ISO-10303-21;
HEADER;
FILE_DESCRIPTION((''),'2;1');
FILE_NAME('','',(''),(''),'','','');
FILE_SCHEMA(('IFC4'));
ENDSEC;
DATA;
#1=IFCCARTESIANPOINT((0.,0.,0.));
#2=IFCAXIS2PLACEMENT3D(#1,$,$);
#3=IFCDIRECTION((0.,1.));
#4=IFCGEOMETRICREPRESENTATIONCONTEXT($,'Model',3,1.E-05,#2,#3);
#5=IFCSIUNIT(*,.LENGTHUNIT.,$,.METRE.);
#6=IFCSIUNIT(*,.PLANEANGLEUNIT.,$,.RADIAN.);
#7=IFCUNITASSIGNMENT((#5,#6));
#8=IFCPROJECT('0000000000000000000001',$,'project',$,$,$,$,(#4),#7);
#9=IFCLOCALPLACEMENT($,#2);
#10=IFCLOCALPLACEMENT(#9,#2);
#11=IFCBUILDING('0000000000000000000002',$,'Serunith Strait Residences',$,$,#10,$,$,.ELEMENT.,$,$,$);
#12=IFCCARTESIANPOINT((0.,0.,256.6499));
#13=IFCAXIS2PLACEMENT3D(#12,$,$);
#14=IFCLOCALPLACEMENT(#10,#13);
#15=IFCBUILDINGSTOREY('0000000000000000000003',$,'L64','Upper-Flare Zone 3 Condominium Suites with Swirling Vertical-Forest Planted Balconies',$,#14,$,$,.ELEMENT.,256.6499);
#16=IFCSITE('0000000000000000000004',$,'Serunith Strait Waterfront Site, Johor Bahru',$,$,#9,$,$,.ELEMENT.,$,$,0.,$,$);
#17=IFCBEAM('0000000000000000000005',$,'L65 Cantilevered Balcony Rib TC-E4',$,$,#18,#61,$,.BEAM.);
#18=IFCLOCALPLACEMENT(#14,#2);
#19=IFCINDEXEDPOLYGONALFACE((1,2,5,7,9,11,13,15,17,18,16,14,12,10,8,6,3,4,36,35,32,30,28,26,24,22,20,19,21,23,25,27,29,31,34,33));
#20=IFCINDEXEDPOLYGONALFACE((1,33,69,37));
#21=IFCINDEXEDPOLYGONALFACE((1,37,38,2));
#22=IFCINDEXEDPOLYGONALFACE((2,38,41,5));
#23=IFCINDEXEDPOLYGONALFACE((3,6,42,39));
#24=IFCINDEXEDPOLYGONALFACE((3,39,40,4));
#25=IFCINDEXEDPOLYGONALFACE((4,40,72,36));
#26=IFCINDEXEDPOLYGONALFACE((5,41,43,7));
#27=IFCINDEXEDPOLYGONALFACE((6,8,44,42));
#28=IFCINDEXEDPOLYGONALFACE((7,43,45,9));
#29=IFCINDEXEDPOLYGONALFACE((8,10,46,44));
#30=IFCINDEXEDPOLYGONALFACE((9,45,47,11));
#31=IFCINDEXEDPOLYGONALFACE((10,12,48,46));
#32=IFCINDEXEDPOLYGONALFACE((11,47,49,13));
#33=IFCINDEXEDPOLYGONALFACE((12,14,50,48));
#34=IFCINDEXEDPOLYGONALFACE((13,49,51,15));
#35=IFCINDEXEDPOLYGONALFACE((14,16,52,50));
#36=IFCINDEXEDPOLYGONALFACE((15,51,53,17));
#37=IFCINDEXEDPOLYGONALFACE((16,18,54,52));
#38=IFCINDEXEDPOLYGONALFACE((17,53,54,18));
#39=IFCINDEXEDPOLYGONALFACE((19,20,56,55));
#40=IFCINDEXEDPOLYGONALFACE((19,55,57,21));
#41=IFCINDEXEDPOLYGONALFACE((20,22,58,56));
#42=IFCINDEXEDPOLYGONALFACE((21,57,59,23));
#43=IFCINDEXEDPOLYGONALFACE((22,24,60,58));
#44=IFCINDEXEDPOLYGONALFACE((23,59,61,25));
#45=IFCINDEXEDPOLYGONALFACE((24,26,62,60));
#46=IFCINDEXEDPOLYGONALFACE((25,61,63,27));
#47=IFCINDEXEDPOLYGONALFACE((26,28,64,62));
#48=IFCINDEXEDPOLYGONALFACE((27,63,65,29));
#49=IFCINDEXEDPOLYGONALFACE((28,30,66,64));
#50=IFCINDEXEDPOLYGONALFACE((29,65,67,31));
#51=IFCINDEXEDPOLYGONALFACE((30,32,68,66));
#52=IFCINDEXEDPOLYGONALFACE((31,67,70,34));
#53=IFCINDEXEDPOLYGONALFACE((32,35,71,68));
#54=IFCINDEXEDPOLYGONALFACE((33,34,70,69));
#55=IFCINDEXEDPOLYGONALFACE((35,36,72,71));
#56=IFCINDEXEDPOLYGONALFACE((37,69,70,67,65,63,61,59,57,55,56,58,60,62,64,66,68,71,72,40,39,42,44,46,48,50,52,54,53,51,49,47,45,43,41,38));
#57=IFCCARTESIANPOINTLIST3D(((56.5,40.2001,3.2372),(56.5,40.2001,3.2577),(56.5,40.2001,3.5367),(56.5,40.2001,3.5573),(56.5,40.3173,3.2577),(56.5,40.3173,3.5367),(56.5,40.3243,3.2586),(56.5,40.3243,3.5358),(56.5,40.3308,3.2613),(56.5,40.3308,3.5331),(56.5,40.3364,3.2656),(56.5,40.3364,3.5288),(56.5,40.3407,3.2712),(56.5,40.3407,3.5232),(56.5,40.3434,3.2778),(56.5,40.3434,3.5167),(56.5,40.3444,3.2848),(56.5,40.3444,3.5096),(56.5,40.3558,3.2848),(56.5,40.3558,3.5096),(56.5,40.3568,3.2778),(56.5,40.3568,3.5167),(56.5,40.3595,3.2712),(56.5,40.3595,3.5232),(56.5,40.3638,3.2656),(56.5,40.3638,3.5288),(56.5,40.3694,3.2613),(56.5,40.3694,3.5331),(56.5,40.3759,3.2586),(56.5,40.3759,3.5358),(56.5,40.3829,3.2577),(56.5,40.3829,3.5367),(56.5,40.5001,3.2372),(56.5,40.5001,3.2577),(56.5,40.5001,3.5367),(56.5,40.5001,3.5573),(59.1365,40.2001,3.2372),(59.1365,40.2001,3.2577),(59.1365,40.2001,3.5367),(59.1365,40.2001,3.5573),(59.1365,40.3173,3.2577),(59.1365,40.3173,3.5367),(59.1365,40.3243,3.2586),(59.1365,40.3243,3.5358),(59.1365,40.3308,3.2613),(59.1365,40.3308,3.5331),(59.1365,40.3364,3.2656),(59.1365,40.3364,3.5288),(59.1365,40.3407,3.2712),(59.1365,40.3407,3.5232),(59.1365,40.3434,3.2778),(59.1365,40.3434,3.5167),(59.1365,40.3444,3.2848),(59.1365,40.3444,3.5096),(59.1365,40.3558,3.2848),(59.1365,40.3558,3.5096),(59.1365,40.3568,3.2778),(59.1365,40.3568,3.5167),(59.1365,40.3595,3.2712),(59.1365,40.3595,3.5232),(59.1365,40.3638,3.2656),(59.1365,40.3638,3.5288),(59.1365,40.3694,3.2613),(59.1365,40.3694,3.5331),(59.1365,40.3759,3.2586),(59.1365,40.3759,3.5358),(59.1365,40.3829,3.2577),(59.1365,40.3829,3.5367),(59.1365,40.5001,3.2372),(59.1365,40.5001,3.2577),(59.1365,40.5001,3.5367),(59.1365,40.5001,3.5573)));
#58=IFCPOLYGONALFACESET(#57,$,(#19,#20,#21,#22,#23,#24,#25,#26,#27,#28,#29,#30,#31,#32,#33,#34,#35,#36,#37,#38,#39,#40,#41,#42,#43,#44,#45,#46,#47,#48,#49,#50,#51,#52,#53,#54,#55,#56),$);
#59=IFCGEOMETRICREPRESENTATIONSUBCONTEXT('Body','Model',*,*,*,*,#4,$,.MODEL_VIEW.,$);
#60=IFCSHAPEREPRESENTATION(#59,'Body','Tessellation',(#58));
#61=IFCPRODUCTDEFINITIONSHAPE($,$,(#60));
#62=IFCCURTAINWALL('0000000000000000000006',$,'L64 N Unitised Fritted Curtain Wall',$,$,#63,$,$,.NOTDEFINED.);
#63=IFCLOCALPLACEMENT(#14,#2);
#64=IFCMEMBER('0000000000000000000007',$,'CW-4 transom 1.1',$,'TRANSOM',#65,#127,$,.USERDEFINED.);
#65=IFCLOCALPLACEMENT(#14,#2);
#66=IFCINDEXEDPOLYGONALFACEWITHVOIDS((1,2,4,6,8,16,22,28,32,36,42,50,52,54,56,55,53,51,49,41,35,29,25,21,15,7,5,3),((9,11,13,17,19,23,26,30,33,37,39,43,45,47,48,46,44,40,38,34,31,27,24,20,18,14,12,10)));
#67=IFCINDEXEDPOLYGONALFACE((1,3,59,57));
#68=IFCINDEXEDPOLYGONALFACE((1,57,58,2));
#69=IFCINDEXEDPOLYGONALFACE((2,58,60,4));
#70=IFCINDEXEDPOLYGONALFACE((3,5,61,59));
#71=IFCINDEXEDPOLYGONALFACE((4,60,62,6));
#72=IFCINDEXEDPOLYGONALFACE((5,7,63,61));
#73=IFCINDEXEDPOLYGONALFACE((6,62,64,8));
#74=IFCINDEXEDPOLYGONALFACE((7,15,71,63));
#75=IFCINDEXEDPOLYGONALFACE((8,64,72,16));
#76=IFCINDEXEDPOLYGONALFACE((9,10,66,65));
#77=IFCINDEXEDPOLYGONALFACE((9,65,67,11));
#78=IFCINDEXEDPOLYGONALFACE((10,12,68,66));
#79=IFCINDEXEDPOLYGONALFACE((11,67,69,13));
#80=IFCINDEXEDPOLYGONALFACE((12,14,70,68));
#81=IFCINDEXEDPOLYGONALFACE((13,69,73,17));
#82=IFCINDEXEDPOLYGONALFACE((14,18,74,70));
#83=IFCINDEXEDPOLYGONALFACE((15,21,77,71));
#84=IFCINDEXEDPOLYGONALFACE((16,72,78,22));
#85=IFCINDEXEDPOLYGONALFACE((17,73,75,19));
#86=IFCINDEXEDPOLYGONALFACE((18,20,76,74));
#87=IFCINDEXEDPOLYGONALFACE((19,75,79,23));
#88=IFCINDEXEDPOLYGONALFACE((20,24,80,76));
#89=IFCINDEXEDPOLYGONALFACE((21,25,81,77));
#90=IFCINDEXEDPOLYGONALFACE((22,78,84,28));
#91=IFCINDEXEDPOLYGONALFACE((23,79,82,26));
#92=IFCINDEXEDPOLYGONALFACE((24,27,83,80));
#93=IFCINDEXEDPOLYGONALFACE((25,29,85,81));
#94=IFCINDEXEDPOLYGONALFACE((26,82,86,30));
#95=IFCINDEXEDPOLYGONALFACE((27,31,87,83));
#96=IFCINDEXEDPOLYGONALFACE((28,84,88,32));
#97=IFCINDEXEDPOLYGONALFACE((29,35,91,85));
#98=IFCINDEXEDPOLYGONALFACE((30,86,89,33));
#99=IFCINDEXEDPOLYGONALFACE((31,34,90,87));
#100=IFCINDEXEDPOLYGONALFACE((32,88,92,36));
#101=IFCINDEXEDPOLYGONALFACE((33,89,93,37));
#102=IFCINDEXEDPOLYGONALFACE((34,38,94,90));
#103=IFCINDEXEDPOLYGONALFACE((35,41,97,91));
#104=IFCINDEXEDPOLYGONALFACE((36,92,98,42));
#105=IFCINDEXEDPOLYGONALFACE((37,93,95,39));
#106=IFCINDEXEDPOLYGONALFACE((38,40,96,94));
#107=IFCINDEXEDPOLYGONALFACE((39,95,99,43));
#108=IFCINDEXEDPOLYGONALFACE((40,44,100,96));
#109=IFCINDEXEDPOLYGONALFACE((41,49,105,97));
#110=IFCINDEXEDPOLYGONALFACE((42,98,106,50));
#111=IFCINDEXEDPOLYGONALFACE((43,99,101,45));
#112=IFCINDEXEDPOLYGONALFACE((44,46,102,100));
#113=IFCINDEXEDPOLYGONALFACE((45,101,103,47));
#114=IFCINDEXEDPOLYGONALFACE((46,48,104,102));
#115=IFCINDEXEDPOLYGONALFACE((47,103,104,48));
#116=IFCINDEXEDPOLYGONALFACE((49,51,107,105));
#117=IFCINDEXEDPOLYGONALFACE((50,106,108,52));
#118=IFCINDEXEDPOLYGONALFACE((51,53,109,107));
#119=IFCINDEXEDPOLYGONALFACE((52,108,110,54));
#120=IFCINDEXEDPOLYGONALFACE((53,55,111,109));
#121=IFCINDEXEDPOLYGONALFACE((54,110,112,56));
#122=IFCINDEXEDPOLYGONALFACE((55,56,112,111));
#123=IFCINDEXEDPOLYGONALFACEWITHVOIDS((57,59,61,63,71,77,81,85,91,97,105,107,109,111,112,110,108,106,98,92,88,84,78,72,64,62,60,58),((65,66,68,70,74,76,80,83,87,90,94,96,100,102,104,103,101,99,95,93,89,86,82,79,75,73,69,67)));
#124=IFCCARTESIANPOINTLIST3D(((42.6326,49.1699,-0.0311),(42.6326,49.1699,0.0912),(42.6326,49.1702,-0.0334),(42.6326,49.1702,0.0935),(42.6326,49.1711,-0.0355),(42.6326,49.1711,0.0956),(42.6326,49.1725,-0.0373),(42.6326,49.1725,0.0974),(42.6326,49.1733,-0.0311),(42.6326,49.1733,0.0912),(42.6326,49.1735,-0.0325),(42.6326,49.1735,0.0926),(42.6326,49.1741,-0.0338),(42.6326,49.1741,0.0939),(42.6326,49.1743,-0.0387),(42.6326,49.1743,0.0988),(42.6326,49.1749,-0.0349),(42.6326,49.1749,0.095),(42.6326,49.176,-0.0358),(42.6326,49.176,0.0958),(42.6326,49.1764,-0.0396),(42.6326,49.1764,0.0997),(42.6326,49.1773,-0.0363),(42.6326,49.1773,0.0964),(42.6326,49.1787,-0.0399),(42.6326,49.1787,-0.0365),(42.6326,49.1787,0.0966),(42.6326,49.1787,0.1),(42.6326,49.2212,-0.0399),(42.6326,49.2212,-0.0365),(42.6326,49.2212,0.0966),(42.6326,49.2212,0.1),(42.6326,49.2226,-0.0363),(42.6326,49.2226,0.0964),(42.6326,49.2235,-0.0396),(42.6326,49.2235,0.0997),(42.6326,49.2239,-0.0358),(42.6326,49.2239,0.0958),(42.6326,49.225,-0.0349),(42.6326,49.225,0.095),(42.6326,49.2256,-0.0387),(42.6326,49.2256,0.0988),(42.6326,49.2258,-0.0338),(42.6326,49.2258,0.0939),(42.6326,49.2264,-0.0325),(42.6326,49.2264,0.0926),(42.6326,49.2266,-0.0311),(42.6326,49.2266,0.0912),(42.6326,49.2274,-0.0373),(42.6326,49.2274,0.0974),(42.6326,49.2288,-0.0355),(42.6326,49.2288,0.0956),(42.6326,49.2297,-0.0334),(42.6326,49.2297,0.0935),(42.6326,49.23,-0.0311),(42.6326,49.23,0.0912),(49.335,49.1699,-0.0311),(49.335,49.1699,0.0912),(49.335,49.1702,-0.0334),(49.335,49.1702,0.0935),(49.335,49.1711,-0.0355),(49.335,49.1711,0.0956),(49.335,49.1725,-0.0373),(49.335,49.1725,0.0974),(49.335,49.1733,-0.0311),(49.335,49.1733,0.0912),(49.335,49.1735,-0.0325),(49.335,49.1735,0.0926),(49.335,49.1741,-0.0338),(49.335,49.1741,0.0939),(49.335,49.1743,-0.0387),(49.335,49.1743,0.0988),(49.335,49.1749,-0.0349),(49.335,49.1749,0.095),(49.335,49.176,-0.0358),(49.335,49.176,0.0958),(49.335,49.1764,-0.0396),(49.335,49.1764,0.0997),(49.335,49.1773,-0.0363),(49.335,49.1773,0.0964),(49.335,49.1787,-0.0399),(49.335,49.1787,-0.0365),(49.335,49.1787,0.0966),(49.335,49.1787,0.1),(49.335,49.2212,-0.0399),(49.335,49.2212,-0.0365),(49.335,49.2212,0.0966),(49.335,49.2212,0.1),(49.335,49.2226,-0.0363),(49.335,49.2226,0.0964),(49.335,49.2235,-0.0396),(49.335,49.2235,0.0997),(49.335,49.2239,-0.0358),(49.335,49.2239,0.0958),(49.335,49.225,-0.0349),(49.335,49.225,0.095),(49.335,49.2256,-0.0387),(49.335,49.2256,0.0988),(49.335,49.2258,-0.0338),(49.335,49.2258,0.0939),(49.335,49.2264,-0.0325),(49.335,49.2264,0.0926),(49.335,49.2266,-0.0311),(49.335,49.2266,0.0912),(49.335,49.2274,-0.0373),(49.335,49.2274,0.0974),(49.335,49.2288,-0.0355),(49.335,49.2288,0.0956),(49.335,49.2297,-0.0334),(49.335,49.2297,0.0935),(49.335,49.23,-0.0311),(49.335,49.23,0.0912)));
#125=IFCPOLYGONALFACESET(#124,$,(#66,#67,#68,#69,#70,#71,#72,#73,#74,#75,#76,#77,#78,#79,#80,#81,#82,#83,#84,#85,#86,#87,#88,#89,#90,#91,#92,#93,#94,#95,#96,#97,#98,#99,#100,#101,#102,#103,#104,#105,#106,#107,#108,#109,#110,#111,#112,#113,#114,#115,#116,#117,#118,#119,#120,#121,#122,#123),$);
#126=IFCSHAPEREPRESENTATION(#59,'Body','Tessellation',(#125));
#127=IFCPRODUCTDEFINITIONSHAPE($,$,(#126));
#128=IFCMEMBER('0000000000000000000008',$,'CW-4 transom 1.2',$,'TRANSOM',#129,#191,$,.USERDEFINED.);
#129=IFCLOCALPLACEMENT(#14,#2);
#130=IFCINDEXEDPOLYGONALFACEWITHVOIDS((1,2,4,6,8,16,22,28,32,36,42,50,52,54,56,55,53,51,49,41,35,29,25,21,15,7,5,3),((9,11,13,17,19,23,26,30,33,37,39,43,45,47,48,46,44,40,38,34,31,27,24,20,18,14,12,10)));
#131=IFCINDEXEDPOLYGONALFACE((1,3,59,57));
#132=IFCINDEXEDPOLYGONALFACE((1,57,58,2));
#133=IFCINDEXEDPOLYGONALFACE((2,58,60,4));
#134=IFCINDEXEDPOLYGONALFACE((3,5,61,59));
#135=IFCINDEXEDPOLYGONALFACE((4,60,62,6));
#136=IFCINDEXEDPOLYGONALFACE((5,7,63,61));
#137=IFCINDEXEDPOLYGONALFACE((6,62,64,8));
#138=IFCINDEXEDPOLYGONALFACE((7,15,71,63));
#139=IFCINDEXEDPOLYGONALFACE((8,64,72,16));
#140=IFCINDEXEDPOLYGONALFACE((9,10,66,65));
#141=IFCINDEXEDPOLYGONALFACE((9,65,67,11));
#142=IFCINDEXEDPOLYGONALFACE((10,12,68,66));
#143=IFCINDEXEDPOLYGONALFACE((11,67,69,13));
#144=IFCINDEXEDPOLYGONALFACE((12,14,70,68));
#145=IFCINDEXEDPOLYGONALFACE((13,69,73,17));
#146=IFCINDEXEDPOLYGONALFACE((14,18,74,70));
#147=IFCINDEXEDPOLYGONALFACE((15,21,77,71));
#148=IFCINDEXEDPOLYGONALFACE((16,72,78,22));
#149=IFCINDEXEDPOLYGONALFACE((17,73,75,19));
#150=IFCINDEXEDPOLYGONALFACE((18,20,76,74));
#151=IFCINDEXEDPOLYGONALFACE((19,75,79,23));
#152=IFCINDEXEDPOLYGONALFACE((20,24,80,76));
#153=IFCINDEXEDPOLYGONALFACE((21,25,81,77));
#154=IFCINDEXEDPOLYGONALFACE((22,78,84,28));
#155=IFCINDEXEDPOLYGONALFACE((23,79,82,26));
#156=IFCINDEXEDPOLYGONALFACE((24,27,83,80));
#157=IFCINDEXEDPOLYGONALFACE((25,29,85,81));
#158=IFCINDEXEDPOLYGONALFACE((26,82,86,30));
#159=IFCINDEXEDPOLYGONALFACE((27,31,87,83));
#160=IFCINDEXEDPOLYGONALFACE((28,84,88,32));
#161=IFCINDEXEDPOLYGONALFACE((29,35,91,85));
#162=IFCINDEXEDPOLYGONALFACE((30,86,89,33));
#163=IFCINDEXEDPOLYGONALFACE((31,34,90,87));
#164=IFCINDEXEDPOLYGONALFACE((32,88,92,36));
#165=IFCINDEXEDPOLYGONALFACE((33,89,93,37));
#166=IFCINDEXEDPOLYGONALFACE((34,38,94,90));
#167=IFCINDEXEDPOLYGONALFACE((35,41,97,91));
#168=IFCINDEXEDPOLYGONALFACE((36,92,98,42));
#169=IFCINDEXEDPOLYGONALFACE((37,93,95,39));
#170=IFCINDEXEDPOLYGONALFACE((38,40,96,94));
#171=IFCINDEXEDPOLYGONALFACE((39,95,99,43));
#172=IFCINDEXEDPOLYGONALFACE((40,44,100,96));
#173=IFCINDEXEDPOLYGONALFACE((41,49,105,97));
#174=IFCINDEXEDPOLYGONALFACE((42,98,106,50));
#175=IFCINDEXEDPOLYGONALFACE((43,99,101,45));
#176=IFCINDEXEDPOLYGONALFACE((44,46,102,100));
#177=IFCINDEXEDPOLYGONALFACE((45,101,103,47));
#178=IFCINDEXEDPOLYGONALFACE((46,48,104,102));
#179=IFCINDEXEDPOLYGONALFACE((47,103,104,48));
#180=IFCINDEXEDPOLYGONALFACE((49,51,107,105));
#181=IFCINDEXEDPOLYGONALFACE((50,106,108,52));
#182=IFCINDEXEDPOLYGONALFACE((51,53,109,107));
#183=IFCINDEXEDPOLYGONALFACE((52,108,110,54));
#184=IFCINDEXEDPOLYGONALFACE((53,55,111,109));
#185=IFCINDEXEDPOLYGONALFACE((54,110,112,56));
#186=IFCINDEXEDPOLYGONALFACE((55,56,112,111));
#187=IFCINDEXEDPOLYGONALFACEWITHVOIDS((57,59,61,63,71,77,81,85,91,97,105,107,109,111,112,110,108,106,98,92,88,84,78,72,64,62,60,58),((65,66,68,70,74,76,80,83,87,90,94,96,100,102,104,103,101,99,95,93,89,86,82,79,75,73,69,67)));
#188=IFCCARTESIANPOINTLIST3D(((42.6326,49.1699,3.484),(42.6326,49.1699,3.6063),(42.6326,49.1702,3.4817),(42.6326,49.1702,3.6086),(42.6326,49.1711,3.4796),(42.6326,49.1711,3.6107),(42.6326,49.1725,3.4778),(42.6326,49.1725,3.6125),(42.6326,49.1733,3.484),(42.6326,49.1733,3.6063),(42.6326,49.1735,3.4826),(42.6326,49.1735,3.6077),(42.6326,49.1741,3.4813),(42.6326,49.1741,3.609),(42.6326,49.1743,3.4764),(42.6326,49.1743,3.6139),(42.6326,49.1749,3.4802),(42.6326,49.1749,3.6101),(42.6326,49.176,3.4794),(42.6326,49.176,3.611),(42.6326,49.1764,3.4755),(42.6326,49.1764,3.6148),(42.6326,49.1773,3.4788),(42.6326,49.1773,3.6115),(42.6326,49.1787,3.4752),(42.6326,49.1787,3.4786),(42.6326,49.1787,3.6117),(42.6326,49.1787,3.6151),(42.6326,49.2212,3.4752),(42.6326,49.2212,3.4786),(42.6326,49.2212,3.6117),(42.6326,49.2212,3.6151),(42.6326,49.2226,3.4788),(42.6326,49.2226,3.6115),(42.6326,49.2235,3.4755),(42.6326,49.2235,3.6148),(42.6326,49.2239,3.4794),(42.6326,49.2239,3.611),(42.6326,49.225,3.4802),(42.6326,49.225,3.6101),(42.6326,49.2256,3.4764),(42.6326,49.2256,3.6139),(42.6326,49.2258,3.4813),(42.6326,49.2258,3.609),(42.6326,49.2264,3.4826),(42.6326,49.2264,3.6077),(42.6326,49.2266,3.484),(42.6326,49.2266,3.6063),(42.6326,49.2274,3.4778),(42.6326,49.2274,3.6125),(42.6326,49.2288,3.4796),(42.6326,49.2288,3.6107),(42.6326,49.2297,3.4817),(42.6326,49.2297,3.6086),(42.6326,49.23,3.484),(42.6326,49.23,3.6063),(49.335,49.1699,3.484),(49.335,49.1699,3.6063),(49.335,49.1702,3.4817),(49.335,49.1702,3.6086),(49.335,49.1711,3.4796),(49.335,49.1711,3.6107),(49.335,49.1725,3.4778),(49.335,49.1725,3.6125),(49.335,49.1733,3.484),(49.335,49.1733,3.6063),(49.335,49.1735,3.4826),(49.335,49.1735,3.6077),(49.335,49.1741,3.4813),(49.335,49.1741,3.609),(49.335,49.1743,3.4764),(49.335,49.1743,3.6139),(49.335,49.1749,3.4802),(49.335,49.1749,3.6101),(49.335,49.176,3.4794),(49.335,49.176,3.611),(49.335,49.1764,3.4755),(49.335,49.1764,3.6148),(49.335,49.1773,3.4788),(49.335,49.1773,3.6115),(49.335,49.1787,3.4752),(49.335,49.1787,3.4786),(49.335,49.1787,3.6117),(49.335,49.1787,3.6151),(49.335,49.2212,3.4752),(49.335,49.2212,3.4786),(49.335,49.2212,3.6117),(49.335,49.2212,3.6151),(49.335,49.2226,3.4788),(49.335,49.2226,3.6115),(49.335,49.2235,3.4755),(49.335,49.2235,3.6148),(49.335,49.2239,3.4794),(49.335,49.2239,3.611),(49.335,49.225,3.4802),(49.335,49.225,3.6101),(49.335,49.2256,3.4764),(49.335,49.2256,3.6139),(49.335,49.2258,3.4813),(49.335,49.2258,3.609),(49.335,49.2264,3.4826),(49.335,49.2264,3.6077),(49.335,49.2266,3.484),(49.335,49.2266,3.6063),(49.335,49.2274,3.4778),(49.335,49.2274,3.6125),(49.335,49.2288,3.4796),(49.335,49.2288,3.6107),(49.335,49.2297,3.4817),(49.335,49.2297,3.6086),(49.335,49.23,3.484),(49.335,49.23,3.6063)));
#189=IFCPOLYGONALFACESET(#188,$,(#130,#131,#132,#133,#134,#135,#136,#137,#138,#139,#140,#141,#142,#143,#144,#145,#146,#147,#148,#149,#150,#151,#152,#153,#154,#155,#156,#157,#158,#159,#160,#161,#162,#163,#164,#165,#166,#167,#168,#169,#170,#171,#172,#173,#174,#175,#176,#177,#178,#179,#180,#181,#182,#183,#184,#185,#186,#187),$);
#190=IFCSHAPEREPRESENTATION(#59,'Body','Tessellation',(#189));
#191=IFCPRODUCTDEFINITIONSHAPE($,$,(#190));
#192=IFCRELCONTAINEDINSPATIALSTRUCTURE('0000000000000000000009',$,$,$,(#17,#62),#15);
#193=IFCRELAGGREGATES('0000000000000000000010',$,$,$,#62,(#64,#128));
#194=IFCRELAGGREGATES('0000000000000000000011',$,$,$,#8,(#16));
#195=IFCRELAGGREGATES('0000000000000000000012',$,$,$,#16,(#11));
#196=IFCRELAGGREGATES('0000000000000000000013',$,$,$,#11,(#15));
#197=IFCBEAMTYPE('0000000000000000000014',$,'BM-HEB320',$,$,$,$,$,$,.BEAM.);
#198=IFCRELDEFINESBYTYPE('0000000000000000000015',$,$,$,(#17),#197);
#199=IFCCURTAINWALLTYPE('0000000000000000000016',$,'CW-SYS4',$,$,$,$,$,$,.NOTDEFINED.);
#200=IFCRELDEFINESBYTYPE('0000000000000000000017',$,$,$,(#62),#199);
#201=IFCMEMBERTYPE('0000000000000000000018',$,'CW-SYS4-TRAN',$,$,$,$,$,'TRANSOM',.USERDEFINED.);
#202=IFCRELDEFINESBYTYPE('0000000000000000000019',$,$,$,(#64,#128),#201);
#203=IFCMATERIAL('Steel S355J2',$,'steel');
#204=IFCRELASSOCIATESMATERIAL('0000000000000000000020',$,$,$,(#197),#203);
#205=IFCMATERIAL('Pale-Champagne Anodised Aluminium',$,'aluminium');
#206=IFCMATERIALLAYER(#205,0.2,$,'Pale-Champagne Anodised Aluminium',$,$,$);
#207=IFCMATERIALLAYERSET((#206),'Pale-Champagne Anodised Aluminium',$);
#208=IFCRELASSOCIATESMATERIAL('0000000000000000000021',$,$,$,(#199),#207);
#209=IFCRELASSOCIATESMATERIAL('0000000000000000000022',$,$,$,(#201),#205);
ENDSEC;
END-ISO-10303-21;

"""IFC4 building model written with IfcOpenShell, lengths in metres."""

from ifc_helpers import new_model, si_unit, direction, frame, origin, origin_2d, place, context, subcontext, project, spatial, hollow_rectangle, i_section, extrude, source, transform, mapped, material, layer, layer_set, material_profile, profile_set, type_object, element, aggregate, save


model = new_model("IFC4")

# Units and contexts
model_context = context("Model", 3, precision=1e-05, world=origin(), true_north=direction((0.0, 1.0)))
body_context = subcontext(model_context, "Body", "Model", "MODEL_VIEW")
ifc_project = project(units=[si_unit("LENGTHUNIT", "METRE"), si_unit("PLANEANGLEUNIT", "RADIAN")], contexts=[model_context])

# Site, building, storey
site_placement = place(None, origin())
site = spatial("IfcSite", under=ifc_project, at=site_placement, Name="Serunith Strait Waterfront Site, Johor Bahru", CompositionType="ELEMENT", RefElevation=0.0)
building_placement = place(site_placement, origin())
building = spatial("IfcBuilding", under=site, at=building_placement, Name="Serunith Strait Residences", CompositionType="ELEMENT")
storey_placement = place(building_placement, frame((0.0, 0.0, 256.6499)))
storey = spatial("IfcBuildingStorey", under=building, at=storey_placement, Name="L64", Description="Upper-Flare Zone 3 Condominium Suites with Swirling Vertical-Forest Planted Balconies", CompositionType="ELEMENT", Elevation=256.6499)

# Beam
ifc_material_1 = material(Name="Steel S355J2", Category="steel")
ifc_material_profile_1 = material_profile(ifc_material_1, i_section(OverallWidth=0.3, OverallDepth=0.3201, WebThickness=0.0115, FlangeThickness=0.0205, FilletRadius=0.0271, at=origin_2d()), Name="HEB 320")
ifc_profile_set_1 = profile_set([ifc_material_profile_1], Name="Steel S355J2")
beam_type_1 = type_object("IfcBeamType", Name="BM-HEB320", PredefinedType="BEAM", material=ifc_profile_set_1)
shared_shape_1 = source(origin(), body_context, "Body", "SweptSolid", [
    extrude(i_section(OverallWidth=0.3, OverallDepth=0.3201, WebThickness=0.0115, FlangeThickness=0.0205, FilletRadius=0.0271, at=origin_2d()), origin(), (0.0, 0.0, 1.0), 2.6365),
])
beam_1_placement = place(storey_placement, frame((56.5, 40.3501, 3.3972), z_axis=(1.0, 0.0, 0.0), x_axis=(0.0, 1.0, 0.0)))
element("IfcBeam", 1, at=beam_1_placement, inside=storey, type_object=beam_type_1, Name="L65 Cantilevered Balcony Rib TC-E4", PredefinedType="BEAM", context=body_context, shape_type="MappedRepresentation", body=[
    mapped(shared_shape_1, transform((0.0, 0.0, 0.0), scale=1.0)),
])

# Curtain wall, members
ifc_material_2 = material(Name="Pale-Champagne Anodised Aluminium", Category="aluminium")
ifc_layer_1 = layer(ifc_material_2, 0.2, Name="Pale-Champagne Anodised Aluminium")
ifc_layer_set_1 = layer_set([ifc_layer_1], Name="Pale-Champagne Anodised Aluminium")
curtain_wall_type = type_object("IfcCurtainWallType", Name="CW-SYS4", PredefinedType="NOTDEFINED", material=ifc_layer_set_1)
curtain_wall_1_placement = place(storey_placement, origin())
curtain_wall_1 = element("IfcCurtainWall", 2, at=curtain_wall_1_placement, inside=storey, type_object=curtain_wall_type, Name="L64 N Unitised Fritted Curtain Wall", PredefinedType="NOTDEFINED")
ifc_material_profile_2 = material_profile(ifc_material_2, hollow_rectangle(XDim=0.0601, YDim=0.1399, WallThickness=0.0034, InnerFilletRadius=0.0054, OuterFilletRadius=0.0088, at=origin_2d()), Name="ALU 140x60x3.5")
ifc_profile_set_2 = profile_set([ifc_material_profile_2], Name="Pale-Champagne Anodised Aluminium")
member_type_1 = type_object("IfcMemberType", Name="CW-SYS4-TRAN", ElementType="TRANSOM", PredefinedType="USERDEFINED", material=ifc_profile_set_2)
shared_shape_2 = source(origin(), body_context, "Body", "SweptSolid", [
    extrude(hollow_rectangle(XDim=0.0601, YDim=0.1399, WallThickness=0.0034, InnerFilletRadius=0.0054, OuterFilletRadius=0.0088, at=origin_2d()), origin(), (0.0, 0.0, 1.0), 6.7024),
])
member_1_placement = place(storey_placement, frame((49.335, 49.2, 0.03), z_axis=(-1.0, 0.0, 0.0), x_axis=(0.0, -1.0, 0.0)))
member_1 = element("IfcMember", 3, at=member_1_placement, type_object=member_type_1, Name="CW-4 transom 1.1", ObjectType="TRANSOM", PredefinedType="USERDEFINED", context=body_context, shape_type="MappedRepresentation", body=[
    mapped(shared_shape_2, transform((0.0, 0.0, 0.0), scale=1.0)),
])
member_2_placement = place(storey_placement, frame((49.335, 49.2, 3.5452), z_axis=(-1.0, 0.0, 0.0), x_axis=(0.0, -1.0, 0.0)))
member_2 = element("IfcMember", 4, at=member_2_placement, type_object=member_type_1, Name="CW-4 transom 1.2", ObjectType="TRANSOM", PredefinedType="USERDEFINED", context=body_context, shape_type="MappedRepresentation", body=[
    mapped(shared_shape_2, transform((0.0, 0.0, 0.0), scale=1.0)),
])

aggregate(curtain_wall_1, [member_1, member_2])

save(model, "model.ifc")
